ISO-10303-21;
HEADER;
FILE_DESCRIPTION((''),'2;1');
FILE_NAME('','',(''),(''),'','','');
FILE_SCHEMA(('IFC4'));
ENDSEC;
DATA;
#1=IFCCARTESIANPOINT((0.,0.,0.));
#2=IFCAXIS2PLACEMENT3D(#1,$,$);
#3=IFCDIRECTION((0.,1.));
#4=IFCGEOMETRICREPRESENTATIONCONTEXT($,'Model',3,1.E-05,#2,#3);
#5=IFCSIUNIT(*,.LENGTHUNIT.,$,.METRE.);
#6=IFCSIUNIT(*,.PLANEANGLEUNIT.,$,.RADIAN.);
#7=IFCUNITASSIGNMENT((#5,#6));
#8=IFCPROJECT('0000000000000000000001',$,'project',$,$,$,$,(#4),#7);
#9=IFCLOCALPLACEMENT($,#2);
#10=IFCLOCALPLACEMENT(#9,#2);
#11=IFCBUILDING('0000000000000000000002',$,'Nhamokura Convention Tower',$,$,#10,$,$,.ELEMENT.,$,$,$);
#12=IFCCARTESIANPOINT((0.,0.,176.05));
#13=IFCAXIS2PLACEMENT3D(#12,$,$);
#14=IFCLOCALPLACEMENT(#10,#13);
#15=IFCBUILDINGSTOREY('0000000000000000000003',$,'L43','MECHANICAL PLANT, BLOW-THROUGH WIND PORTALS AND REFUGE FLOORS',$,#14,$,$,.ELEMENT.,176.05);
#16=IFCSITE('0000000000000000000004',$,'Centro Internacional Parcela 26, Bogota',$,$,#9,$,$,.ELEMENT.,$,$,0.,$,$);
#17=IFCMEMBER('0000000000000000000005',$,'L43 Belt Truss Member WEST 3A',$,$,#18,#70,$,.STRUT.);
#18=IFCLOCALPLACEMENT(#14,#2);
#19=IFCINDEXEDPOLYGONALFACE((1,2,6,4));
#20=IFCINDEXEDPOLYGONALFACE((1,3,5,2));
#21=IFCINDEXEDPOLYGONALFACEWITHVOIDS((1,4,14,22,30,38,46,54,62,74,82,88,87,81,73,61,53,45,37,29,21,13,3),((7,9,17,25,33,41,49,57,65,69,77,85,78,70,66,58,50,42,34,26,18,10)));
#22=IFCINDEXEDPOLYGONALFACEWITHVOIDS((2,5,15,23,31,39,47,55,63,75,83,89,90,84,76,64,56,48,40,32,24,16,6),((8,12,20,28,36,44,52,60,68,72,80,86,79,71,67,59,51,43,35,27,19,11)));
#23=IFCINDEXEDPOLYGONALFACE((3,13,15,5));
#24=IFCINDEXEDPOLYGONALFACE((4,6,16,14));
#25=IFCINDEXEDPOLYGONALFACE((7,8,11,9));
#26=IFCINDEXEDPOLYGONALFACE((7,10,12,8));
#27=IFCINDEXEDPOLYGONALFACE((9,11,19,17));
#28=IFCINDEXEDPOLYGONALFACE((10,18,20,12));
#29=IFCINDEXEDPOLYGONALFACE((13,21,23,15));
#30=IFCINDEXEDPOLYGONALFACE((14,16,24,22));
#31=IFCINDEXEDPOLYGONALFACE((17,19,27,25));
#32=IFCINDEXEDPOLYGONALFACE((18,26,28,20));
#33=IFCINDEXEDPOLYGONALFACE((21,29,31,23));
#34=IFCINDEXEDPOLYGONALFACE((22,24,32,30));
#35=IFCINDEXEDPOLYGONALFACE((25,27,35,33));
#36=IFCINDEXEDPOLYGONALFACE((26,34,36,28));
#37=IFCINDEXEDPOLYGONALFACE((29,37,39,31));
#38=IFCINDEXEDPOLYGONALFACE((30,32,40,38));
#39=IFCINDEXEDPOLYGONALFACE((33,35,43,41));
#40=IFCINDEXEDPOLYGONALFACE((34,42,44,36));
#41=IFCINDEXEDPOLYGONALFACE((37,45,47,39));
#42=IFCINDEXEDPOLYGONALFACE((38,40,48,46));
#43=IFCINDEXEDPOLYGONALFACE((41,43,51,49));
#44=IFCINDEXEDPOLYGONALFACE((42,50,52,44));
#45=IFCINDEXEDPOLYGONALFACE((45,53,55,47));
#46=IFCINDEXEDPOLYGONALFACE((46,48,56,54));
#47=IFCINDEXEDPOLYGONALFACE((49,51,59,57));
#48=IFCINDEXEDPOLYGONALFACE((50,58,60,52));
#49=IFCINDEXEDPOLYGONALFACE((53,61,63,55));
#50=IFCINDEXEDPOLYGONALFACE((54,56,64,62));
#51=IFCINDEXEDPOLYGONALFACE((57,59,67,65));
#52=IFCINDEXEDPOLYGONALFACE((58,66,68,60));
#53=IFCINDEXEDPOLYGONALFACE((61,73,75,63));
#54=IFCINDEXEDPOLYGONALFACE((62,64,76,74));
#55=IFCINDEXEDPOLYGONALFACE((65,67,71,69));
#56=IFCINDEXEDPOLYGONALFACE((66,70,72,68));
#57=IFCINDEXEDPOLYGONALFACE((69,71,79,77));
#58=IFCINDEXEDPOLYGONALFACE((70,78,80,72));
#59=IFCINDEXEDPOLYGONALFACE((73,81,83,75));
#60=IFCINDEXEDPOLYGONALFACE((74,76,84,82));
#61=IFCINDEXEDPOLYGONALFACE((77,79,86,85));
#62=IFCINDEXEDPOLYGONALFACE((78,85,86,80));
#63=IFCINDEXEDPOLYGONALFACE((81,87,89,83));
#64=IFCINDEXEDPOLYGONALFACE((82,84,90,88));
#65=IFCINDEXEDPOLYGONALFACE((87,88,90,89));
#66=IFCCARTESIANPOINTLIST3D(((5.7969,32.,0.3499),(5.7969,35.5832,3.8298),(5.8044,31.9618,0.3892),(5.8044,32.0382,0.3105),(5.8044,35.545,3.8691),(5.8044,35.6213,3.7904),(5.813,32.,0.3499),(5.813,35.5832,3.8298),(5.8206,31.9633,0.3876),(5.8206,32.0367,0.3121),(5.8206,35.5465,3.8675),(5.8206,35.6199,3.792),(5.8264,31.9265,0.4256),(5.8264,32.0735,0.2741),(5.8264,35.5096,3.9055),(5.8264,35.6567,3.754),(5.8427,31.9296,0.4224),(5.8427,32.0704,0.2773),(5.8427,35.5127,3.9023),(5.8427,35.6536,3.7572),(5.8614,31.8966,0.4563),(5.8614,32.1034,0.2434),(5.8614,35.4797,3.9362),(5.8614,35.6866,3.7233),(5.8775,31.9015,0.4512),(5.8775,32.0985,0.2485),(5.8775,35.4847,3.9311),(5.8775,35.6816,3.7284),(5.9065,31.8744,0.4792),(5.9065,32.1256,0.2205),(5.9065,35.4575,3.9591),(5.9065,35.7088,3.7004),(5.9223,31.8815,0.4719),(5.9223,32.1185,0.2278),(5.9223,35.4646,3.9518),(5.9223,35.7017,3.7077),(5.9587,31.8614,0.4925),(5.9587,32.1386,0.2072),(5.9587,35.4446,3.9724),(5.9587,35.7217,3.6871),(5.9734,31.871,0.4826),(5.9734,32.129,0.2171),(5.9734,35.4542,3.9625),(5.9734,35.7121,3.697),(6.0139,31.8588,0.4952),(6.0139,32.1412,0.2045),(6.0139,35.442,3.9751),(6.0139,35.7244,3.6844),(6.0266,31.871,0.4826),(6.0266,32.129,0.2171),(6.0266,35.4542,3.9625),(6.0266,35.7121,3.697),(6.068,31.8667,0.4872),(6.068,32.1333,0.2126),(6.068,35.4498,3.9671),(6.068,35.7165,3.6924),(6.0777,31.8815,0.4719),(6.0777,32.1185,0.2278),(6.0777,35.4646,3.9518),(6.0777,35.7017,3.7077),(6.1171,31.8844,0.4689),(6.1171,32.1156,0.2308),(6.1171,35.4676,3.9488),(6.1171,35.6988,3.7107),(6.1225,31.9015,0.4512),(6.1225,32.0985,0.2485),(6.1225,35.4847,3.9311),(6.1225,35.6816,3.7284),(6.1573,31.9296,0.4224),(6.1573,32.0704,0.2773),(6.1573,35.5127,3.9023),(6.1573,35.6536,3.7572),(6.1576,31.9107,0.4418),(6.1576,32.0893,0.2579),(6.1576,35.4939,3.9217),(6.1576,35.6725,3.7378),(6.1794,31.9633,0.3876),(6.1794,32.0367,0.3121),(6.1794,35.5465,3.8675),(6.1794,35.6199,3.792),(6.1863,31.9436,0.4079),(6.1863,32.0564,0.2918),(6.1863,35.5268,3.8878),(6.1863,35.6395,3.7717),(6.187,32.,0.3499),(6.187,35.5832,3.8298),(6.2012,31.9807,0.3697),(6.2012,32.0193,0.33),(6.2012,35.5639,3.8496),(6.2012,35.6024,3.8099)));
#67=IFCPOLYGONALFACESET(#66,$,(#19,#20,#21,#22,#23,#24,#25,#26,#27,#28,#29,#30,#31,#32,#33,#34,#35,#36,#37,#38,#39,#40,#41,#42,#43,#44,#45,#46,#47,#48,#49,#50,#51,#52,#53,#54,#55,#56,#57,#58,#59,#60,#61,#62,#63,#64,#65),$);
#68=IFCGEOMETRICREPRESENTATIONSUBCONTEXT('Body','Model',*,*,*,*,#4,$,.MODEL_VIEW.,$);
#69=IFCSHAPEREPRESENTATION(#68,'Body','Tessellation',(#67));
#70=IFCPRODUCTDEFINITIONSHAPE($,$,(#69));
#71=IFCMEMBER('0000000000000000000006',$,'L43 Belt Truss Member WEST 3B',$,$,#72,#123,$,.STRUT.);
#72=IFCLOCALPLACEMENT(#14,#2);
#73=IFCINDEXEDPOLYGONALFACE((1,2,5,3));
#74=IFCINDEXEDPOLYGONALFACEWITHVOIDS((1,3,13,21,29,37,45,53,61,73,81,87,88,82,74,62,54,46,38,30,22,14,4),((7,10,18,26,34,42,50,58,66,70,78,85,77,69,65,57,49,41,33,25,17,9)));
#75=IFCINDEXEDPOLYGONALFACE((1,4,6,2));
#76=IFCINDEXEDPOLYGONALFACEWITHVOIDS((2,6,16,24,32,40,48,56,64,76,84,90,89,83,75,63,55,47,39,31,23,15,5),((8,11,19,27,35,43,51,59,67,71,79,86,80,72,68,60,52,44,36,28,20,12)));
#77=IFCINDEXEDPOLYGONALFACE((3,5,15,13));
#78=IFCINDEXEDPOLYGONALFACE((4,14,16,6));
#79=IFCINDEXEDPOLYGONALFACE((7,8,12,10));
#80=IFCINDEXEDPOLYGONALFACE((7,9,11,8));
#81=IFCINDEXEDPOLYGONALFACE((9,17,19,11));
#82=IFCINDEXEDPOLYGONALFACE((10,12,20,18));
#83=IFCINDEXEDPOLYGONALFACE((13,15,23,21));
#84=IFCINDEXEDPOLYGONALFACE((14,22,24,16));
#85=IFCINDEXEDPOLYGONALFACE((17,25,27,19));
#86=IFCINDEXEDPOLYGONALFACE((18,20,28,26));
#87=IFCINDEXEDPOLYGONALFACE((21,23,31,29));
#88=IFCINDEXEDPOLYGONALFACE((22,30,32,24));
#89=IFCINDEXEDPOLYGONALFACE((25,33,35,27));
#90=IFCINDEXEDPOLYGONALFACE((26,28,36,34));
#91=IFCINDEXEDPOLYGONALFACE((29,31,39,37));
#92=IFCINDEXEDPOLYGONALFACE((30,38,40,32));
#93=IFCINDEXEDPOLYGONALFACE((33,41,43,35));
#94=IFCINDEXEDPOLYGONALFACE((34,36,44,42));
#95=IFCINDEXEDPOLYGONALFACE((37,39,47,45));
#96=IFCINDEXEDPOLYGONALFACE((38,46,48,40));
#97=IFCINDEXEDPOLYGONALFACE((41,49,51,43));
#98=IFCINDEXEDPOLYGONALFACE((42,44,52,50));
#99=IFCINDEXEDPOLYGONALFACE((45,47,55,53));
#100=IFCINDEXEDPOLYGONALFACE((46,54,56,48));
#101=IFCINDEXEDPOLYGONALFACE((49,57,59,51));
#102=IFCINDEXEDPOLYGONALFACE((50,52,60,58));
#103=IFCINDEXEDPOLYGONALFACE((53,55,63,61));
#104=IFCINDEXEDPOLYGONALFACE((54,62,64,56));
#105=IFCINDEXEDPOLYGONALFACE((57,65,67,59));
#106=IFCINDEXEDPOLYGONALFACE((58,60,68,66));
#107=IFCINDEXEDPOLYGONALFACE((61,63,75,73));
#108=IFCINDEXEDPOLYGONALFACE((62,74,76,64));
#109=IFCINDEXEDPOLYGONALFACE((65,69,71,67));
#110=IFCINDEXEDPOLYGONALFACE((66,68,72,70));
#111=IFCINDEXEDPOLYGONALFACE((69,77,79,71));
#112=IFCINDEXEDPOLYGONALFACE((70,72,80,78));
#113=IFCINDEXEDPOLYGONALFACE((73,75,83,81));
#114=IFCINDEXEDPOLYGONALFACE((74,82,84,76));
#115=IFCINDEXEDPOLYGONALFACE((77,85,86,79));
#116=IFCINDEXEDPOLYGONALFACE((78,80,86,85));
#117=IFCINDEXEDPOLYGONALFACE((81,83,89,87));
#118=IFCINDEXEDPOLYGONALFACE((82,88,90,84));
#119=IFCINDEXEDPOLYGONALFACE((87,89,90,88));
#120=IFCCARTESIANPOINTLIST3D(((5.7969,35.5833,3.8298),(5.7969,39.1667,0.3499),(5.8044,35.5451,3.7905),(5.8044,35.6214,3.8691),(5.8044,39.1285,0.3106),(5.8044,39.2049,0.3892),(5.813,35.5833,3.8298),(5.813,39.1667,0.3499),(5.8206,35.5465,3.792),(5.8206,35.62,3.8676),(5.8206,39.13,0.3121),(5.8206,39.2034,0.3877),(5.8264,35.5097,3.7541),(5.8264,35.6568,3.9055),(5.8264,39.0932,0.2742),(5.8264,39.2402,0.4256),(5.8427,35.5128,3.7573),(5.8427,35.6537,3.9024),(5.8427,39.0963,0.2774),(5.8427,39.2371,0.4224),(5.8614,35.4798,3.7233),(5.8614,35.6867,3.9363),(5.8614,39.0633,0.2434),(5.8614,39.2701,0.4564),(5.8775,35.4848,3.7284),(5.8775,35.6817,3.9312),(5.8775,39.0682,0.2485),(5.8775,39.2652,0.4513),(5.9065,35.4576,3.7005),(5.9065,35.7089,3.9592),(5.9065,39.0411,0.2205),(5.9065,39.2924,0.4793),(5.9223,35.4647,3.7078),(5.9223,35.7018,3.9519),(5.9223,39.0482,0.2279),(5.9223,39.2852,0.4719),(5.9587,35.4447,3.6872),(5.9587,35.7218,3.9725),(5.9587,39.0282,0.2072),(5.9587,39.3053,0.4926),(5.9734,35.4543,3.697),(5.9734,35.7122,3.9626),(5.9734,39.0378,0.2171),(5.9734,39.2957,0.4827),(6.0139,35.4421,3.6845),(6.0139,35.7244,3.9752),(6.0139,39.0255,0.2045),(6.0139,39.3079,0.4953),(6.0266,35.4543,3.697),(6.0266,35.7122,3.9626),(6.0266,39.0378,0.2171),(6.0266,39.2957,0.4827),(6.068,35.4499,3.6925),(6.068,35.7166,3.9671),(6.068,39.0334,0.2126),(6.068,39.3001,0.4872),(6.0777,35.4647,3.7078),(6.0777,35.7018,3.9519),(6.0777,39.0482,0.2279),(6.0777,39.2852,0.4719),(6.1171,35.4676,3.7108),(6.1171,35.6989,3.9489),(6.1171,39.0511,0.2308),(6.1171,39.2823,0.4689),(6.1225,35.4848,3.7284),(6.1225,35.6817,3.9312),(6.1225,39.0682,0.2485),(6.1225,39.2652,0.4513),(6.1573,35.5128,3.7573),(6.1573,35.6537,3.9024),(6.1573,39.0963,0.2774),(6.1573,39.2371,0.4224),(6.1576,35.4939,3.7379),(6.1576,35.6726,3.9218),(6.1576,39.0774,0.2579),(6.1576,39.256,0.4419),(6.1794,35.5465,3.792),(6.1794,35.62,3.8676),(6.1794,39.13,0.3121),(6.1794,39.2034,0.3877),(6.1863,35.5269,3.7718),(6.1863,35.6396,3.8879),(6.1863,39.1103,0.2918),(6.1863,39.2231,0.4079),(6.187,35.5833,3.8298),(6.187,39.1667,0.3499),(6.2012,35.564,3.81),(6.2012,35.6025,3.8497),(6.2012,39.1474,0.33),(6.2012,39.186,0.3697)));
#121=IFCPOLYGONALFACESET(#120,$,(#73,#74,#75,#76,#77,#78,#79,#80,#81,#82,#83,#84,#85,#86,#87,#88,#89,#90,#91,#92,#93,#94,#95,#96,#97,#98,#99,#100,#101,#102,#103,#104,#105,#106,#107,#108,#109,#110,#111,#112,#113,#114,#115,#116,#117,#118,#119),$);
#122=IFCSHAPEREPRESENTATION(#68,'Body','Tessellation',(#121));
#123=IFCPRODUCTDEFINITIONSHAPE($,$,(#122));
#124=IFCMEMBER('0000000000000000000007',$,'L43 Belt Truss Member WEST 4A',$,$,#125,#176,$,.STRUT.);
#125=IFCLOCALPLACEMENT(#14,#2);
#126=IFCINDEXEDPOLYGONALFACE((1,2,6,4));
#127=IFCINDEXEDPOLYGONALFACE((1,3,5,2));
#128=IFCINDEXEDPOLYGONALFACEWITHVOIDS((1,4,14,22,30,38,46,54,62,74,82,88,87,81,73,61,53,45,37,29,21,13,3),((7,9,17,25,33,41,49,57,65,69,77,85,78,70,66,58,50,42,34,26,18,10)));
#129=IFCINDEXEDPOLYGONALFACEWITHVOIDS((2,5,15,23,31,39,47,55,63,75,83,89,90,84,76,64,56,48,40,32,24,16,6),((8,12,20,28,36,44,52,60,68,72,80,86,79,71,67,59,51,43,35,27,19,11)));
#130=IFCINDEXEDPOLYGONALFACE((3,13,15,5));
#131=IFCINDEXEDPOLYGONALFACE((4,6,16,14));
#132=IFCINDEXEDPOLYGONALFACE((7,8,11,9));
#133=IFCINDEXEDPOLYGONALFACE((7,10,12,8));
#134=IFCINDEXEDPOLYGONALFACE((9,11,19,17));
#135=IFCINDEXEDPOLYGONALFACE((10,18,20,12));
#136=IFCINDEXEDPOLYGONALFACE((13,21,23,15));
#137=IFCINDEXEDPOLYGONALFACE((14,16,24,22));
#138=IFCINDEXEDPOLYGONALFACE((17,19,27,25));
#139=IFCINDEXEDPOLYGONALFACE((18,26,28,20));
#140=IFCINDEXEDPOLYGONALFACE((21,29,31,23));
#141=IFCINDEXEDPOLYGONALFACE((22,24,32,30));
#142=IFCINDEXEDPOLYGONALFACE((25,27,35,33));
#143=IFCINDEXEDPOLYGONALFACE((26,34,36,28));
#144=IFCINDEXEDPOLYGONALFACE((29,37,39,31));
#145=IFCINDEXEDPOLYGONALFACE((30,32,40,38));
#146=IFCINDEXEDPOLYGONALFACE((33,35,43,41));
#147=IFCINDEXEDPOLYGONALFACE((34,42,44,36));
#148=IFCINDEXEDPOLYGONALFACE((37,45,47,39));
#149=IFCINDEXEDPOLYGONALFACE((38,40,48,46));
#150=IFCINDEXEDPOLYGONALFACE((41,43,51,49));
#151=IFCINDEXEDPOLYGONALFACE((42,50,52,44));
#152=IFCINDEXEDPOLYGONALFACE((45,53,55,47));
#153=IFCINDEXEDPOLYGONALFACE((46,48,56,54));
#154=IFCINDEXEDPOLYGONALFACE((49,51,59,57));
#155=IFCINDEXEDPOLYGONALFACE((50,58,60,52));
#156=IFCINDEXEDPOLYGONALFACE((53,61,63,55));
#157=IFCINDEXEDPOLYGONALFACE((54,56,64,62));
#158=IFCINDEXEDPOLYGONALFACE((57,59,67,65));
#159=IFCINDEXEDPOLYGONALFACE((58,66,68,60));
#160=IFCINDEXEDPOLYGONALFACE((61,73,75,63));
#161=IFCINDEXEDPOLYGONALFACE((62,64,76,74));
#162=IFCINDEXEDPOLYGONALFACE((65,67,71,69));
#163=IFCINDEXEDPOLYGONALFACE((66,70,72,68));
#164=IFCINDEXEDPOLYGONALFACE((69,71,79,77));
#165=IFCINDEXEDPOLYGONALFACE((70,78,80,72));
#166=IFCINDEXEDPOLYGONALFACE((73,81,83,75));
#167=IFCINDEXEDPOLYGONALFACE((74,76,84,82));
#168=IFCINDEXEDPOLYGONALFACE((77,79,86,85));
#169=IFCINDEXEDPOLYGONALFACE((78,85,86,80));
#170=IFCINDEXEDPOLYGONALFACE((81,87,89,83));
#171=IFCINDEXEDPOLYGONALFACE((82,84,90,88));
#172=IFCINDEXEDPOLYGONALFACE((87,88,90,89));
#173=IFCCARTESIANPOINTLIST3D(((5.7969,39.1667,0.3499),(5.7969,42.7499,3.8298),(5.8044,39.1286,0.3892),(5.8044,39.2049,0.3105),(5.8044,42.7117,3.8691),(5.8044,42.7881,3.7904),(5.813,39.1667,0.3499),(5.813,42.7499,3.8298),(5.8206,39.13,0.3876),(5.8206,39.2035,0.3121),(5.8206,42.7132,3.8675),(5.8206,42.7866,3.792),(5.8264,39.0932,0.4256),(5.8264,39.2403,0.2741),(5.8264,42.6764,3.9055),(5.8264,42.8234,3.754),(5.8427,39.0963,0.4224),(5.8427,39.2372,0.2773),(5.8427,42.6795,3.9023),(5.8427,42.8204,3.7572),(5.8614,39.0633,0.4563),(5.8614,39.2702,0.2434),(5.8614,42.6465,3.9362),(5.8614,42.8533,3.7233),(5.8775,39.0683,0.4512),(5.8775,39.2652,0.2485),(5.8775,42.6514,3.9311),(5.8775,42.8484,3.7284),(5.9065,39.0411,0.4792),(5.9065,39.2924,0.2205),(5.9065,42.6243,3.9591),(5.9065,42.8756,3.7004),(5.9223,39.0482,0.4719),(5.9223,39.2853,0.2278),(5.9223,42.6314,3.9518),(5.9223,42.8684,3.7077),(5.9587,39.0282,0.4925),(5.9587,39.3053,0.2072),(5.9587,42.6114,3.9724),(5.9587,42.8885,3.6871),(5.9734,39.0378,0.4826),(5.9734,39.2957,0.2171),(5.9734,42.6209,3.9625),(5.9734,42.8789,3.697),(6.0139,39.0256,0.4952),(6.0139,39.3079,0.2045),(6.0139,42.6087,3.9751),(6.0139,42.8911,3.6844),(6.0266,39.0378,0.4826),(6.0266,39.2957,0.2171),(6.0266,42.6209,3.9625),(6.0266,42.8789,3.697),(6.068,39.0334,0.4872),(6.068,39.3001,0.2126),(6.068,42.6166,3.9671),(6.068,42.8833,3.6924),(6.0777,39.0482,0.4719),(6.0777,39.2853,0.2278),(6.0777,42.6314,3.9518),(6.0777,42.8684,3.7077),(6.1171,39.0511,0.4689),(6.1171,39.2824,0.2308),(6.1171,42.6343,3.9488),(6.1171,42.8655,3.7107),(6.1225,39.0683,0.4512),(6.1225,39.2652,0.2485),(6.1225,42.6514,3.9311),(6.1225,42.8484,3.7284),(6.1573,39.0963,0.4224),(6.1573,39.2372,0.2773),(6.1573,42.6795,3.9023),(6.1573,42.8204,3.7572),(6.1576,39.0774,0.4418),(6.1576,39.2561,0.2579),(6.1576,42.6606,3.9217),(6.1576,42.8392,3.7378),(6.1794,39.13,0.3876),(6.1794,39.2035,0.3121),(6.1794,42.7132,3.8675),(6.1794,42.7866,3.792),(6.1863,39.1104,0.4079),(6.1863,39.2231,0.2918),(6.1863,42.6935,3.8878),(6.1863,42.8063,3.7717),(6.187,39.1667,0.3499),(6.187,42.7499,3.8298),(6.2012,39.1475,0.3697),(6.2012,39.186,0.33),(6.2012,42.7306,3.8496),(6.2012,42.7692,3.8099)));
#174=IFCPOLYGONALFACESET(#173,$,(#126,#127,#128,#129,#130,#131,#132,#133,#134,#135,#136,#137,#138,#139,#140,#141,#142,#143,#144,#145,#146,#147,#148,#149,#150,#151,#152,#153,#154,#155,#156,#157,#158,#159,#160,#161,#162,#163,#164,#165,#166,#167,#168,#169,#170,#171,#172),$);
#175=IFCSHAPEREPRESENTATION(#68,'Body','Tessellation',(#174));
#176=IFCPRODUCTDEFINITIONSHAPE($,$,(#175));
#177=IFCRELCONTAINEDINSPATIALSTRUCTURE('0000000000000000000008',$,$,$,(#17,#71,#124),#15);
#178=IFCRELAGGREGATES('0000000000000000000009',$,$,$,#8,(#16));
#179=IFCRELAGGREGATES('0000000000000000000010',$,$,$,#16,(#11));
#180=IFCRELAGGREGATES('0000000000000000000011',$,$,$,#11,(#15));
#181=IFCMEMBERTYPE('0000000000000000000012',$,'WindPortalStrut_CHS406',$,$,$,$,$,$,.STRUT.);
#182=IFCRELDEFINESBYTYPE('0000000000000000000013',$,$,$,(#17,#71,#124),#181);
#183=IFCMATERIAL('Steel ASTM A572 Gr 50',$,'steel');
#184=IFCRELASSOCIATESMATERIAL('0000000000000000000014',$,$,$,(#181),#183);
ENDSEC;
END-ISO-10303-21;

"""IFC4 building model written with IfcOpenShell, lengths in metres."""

from ifc_helpers import new_model, si_unit, direction, frame, origin, origin_2d, place, context, subcontext, project, spatial, hollow_circle, extrude, material, material_profile, profile_set, type_object, element, save


model = new_model("IFC4")

# Units and contexts
model_context = context("Model", 3, precision=1e-05, world=origin(), true_north=direction((0.0, 1.0)))
body_context = subcontext(model_context, "Body", "Model", "MODEL_VIEW")
ifc_project = project(units=[si_unit("LENGTHUNIT", "METRE"), si_unit("PLANEANGLEUNIT", "RADIAN")], contexts=[model_context])

# Site, building, storey
site_placement = place(None, origin())
site = spatial("IfcSite", under=ifc_project, at=site_placement, Name="Centro Internacional Parcela 26, Bogota", CompositionType="ELEMENT", RefElevation=0.0)
building_placement = place(site_placement, origin())
building = spatial("IfcBuilding", under=site, at=building_placement, Name="Nhamokura Convention Tower", CompositionType="ELEMENT")
storey_placement = place(building_placement, frame((0.0, 0.0, 176.05)))
storey = spatial("IfcBuildingStorey", under=building, at=storey_placement, Name="L43", Description="MECHANICAL PLANT, BLOW-THROUGH WIND PORTALS AND REFUGE FLOORS", CompositionType="ELEMENT", Elevation=176.05)

# Members
ifc_material_1 = material(Name="Steel ASTM A572 Gr 50", Category="steel")
ifc_material_profile_1 = material_profile(ifc_material_1, hollow_circle(Radius=0.2031, WallThickness=0.0161, at=origin_2d()))
ifc_profile_set_1 = profile_set([ifc_material_profile_1], Name="Steel ASTM A572 Gr 50")
member_type = type_object("IfcMemberType", Name="WindPortalStrut_CHS406", PredefinedType="STRUT", material=ifc_profile_set_1)
member_1_placement = place(storey_placement, frame((6.0, 32.0, 0.3499), z_axis=(0.0, 0.717369, 0.696694), x_axis=(-1.0, 0.0, 0.0)))
element("IfcMember", 1, at=member_1_placement, inside=storey, type_object=member_type, Name="L43 Belt Truss Member WEST 3A", PredefinedType="STRUT", context=body_context, shape_type="SweptSolid", body=[
    extrude(hollow_circle(Radius=0.2031, WallThickness=0.0161, at=origin_2d()), origin(), (0.0, 0.0, 1.0), 4.9949),
])
member_2_placement = place(storey_placement, frame((6.0, 35.5833, 3.8298), z_axis=(0.0, 0.717392, -0.696669), x_axis=(-1.0, 0.0, 0.0)))
element("IfcMember", 2, at=member_2_placement, inside=storey, type_object=member_type, Name="L43 Belt Truss Member WEST 3B", PredefinedType="STRUT", context=body_context, shape_type="SweptSolid", body=[
    extrude(hollow_circle(Radius=0.2031, WallThickness=0.0161, at=origin_2d()), origin(), (0.0, 0.0, 1.0), 4.9951),
])
for number, where, z_axis, x_axis, name in (
    (3, (6.0, 39.1667, 0.3499), (0.0, 0.717369, 0.696694), (-1.0, 0.0, 0.0), "L43 Belt Truss Member WEST 4A"),
):
    element("IfcMember", number, at=place(storey_placement, frame(where, z_axis=z_axis, x_axis=x_axis)), inside=storey, type_object=member_type, Name=name, PredefinedType="STRUT", context=body_context, shape_type="SweptSolid", body=[
        extrude(hollow_circle(Radius=0.2031, WallThickness=0.0161, at=origin_2d()), origin(), (0.0, 0.0, 1.0), 4.9949),
    ])

save(model, "model.ifc")
